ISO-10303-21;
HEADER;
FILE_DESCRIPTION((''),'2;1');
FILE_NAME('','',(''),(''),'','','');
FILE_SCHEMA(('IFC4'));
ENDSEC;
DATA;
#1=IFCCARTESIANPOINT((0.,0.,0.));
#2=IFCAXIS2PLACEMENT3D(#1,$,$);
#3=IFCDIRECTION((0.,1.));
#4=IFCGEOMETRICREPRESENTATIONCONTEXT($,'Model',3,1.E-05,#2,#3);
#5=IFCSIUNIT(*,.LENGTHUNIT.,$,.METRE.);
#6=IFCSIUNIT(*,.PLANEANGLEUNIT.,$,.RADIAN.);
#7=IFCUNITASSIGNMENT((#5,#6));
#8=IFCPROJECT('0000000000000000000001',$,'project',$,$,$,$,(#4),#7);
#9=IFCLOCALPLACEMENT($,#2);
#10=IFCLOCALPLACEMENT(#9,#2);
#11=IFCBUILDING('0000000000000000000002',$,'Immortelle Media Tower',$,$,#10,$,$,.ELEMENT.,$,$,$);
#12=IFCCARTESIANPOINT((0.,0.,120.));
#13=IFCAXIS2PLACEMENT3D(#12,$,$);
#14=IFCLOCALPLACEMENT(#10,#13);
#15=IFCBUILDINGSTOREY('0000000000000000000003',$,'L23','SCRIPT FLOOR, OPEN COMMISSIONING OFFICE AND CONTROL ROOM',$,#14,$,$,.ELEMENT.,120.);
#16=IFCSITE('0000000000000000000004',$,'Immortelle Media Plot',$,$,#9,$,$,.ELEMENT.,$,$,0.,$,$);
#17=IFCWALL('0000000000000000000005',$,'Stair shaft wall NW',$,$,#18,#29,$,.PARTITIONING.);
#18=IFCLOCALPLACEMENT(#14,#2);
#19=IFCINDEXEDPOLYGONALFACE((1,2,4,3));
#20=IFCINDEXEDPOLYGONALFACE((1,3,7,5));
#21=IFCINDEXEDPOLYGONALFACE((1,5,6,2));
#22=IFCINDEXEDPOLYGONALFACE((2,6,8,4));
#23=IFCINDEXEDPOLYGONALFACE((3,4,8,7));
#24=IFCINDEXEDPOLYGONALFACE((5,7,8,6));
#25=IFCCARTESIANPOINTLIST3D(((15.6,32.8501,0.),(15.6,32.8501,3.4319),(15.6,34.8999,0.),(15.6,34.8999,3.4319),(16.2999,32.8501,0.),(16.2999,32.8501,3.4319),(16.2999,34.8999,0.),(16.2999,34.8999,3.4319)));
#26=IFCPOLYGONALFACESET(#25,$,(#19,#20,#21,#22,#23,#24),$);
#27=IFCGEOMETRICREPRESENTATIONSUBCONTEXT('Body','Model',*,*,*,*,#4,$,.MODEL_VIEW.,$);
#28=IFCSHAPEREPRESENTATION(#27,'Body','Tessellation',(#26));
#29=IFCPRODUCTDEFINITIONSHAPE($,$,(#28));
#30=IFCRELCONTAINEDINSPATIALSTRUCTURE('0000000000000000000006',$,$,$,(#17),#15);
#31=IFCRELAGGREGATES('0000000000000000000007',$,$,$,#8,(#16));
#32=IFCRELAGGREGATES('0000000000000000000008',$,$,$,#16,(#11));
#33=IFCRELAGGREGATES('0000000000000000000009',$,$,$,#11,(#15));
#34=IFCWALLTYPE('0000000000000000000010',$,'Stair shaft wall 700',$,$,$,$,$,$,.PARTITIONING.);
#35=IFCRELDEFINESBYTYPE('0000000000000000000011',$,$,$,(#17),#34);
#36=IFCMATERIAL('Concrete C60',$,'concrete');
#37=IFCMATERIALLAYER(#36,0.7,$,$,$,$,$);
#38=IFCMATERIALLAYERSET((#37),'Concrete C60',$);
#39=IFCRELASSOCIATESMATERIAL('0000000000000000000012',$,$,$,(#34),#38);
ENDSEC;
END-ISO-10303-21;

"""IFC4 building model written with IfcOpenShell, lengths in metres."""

from ifc_helpers import new_model, si_unit, direction, frame, frame_2d, origin, place, context, subcontext, project, spatial, rectangle, extrude, material, layer, layer_set, type_object, element, save


model = new_model("IFC4")

# Units and contexts
model_context = context("Model", 3, precision=1e-05, world=origin(), true_north=direction((0.0, 1.0)))
body_context = subcontext(model_context, "Body", "Model", "MODEL_VIEW")
ifc_project = project(units=[si_unit("LENGTHUNIT", "METRE"), si_unit("PLANEANGLEUNIT", "RADIAN")], contexts=[model_context])

# Site, building, storey
site_placement = place(None, origin())
site = spatial("IfcSite", under=ifc_project, at=site_placement, Name="Immortelle Media Plot", CompositionType="ELEMENT", RefElevation=0.0)
building_placement = place(site_placement, origin())
building = spatial("IfcBuilding", under=site, at=building_placement, Name="Immortelle Media Tower", CompositionType="ELEMENT")
storey_placement = place(building_placement, frame((0.0, 0.0, 120.0)))
storey = spatial("IfcBuildingStorey", under=building, at=storey_placement, Name="L23", Description="SCRIPT FLOOR, OPEN COMMISSIONING OFFICE AND CONTROL ROOM", CompositionType="ELEMENT", Elevation=120.0)

# Wall
ifc_material_1 = material(Name="Concrete C60", Category="concrete")
ifc_layer_1 = layer(ifc_material_1, 0.7)
ifc_layer_set_1 = layer_set([ifc_layer_1], Name="Concrete C60")
wall_type_1 = type_object("IfcWallType", Name="Stair shaft wall 700", PredefinedType="PARTITIONING", material=ifc_layer_set_1)
wall_1_placement = place(storey_placement, frame((15.95, 32.8501, 0.0), z_axis=(0.0, 0.0, 1.0), x_axis=(0.0, 1.0, 0.0)))
element("IfcWall", 1, at=wall_1_placement, inside=storey, type_object=wall_type_1, Name="Stair shaft wall NW", PredefinedType="PARTITIONING", context=body_context, shape_type="SweptSolid", body=[
    extrude(rectangle(XDim=2.0498, YDim=0.7, at=frame_2d((1.0249, 0.0))), origin(), (0.0, 0.0, 1.0), 3.4319),
])

save(model, "model.ifc")
